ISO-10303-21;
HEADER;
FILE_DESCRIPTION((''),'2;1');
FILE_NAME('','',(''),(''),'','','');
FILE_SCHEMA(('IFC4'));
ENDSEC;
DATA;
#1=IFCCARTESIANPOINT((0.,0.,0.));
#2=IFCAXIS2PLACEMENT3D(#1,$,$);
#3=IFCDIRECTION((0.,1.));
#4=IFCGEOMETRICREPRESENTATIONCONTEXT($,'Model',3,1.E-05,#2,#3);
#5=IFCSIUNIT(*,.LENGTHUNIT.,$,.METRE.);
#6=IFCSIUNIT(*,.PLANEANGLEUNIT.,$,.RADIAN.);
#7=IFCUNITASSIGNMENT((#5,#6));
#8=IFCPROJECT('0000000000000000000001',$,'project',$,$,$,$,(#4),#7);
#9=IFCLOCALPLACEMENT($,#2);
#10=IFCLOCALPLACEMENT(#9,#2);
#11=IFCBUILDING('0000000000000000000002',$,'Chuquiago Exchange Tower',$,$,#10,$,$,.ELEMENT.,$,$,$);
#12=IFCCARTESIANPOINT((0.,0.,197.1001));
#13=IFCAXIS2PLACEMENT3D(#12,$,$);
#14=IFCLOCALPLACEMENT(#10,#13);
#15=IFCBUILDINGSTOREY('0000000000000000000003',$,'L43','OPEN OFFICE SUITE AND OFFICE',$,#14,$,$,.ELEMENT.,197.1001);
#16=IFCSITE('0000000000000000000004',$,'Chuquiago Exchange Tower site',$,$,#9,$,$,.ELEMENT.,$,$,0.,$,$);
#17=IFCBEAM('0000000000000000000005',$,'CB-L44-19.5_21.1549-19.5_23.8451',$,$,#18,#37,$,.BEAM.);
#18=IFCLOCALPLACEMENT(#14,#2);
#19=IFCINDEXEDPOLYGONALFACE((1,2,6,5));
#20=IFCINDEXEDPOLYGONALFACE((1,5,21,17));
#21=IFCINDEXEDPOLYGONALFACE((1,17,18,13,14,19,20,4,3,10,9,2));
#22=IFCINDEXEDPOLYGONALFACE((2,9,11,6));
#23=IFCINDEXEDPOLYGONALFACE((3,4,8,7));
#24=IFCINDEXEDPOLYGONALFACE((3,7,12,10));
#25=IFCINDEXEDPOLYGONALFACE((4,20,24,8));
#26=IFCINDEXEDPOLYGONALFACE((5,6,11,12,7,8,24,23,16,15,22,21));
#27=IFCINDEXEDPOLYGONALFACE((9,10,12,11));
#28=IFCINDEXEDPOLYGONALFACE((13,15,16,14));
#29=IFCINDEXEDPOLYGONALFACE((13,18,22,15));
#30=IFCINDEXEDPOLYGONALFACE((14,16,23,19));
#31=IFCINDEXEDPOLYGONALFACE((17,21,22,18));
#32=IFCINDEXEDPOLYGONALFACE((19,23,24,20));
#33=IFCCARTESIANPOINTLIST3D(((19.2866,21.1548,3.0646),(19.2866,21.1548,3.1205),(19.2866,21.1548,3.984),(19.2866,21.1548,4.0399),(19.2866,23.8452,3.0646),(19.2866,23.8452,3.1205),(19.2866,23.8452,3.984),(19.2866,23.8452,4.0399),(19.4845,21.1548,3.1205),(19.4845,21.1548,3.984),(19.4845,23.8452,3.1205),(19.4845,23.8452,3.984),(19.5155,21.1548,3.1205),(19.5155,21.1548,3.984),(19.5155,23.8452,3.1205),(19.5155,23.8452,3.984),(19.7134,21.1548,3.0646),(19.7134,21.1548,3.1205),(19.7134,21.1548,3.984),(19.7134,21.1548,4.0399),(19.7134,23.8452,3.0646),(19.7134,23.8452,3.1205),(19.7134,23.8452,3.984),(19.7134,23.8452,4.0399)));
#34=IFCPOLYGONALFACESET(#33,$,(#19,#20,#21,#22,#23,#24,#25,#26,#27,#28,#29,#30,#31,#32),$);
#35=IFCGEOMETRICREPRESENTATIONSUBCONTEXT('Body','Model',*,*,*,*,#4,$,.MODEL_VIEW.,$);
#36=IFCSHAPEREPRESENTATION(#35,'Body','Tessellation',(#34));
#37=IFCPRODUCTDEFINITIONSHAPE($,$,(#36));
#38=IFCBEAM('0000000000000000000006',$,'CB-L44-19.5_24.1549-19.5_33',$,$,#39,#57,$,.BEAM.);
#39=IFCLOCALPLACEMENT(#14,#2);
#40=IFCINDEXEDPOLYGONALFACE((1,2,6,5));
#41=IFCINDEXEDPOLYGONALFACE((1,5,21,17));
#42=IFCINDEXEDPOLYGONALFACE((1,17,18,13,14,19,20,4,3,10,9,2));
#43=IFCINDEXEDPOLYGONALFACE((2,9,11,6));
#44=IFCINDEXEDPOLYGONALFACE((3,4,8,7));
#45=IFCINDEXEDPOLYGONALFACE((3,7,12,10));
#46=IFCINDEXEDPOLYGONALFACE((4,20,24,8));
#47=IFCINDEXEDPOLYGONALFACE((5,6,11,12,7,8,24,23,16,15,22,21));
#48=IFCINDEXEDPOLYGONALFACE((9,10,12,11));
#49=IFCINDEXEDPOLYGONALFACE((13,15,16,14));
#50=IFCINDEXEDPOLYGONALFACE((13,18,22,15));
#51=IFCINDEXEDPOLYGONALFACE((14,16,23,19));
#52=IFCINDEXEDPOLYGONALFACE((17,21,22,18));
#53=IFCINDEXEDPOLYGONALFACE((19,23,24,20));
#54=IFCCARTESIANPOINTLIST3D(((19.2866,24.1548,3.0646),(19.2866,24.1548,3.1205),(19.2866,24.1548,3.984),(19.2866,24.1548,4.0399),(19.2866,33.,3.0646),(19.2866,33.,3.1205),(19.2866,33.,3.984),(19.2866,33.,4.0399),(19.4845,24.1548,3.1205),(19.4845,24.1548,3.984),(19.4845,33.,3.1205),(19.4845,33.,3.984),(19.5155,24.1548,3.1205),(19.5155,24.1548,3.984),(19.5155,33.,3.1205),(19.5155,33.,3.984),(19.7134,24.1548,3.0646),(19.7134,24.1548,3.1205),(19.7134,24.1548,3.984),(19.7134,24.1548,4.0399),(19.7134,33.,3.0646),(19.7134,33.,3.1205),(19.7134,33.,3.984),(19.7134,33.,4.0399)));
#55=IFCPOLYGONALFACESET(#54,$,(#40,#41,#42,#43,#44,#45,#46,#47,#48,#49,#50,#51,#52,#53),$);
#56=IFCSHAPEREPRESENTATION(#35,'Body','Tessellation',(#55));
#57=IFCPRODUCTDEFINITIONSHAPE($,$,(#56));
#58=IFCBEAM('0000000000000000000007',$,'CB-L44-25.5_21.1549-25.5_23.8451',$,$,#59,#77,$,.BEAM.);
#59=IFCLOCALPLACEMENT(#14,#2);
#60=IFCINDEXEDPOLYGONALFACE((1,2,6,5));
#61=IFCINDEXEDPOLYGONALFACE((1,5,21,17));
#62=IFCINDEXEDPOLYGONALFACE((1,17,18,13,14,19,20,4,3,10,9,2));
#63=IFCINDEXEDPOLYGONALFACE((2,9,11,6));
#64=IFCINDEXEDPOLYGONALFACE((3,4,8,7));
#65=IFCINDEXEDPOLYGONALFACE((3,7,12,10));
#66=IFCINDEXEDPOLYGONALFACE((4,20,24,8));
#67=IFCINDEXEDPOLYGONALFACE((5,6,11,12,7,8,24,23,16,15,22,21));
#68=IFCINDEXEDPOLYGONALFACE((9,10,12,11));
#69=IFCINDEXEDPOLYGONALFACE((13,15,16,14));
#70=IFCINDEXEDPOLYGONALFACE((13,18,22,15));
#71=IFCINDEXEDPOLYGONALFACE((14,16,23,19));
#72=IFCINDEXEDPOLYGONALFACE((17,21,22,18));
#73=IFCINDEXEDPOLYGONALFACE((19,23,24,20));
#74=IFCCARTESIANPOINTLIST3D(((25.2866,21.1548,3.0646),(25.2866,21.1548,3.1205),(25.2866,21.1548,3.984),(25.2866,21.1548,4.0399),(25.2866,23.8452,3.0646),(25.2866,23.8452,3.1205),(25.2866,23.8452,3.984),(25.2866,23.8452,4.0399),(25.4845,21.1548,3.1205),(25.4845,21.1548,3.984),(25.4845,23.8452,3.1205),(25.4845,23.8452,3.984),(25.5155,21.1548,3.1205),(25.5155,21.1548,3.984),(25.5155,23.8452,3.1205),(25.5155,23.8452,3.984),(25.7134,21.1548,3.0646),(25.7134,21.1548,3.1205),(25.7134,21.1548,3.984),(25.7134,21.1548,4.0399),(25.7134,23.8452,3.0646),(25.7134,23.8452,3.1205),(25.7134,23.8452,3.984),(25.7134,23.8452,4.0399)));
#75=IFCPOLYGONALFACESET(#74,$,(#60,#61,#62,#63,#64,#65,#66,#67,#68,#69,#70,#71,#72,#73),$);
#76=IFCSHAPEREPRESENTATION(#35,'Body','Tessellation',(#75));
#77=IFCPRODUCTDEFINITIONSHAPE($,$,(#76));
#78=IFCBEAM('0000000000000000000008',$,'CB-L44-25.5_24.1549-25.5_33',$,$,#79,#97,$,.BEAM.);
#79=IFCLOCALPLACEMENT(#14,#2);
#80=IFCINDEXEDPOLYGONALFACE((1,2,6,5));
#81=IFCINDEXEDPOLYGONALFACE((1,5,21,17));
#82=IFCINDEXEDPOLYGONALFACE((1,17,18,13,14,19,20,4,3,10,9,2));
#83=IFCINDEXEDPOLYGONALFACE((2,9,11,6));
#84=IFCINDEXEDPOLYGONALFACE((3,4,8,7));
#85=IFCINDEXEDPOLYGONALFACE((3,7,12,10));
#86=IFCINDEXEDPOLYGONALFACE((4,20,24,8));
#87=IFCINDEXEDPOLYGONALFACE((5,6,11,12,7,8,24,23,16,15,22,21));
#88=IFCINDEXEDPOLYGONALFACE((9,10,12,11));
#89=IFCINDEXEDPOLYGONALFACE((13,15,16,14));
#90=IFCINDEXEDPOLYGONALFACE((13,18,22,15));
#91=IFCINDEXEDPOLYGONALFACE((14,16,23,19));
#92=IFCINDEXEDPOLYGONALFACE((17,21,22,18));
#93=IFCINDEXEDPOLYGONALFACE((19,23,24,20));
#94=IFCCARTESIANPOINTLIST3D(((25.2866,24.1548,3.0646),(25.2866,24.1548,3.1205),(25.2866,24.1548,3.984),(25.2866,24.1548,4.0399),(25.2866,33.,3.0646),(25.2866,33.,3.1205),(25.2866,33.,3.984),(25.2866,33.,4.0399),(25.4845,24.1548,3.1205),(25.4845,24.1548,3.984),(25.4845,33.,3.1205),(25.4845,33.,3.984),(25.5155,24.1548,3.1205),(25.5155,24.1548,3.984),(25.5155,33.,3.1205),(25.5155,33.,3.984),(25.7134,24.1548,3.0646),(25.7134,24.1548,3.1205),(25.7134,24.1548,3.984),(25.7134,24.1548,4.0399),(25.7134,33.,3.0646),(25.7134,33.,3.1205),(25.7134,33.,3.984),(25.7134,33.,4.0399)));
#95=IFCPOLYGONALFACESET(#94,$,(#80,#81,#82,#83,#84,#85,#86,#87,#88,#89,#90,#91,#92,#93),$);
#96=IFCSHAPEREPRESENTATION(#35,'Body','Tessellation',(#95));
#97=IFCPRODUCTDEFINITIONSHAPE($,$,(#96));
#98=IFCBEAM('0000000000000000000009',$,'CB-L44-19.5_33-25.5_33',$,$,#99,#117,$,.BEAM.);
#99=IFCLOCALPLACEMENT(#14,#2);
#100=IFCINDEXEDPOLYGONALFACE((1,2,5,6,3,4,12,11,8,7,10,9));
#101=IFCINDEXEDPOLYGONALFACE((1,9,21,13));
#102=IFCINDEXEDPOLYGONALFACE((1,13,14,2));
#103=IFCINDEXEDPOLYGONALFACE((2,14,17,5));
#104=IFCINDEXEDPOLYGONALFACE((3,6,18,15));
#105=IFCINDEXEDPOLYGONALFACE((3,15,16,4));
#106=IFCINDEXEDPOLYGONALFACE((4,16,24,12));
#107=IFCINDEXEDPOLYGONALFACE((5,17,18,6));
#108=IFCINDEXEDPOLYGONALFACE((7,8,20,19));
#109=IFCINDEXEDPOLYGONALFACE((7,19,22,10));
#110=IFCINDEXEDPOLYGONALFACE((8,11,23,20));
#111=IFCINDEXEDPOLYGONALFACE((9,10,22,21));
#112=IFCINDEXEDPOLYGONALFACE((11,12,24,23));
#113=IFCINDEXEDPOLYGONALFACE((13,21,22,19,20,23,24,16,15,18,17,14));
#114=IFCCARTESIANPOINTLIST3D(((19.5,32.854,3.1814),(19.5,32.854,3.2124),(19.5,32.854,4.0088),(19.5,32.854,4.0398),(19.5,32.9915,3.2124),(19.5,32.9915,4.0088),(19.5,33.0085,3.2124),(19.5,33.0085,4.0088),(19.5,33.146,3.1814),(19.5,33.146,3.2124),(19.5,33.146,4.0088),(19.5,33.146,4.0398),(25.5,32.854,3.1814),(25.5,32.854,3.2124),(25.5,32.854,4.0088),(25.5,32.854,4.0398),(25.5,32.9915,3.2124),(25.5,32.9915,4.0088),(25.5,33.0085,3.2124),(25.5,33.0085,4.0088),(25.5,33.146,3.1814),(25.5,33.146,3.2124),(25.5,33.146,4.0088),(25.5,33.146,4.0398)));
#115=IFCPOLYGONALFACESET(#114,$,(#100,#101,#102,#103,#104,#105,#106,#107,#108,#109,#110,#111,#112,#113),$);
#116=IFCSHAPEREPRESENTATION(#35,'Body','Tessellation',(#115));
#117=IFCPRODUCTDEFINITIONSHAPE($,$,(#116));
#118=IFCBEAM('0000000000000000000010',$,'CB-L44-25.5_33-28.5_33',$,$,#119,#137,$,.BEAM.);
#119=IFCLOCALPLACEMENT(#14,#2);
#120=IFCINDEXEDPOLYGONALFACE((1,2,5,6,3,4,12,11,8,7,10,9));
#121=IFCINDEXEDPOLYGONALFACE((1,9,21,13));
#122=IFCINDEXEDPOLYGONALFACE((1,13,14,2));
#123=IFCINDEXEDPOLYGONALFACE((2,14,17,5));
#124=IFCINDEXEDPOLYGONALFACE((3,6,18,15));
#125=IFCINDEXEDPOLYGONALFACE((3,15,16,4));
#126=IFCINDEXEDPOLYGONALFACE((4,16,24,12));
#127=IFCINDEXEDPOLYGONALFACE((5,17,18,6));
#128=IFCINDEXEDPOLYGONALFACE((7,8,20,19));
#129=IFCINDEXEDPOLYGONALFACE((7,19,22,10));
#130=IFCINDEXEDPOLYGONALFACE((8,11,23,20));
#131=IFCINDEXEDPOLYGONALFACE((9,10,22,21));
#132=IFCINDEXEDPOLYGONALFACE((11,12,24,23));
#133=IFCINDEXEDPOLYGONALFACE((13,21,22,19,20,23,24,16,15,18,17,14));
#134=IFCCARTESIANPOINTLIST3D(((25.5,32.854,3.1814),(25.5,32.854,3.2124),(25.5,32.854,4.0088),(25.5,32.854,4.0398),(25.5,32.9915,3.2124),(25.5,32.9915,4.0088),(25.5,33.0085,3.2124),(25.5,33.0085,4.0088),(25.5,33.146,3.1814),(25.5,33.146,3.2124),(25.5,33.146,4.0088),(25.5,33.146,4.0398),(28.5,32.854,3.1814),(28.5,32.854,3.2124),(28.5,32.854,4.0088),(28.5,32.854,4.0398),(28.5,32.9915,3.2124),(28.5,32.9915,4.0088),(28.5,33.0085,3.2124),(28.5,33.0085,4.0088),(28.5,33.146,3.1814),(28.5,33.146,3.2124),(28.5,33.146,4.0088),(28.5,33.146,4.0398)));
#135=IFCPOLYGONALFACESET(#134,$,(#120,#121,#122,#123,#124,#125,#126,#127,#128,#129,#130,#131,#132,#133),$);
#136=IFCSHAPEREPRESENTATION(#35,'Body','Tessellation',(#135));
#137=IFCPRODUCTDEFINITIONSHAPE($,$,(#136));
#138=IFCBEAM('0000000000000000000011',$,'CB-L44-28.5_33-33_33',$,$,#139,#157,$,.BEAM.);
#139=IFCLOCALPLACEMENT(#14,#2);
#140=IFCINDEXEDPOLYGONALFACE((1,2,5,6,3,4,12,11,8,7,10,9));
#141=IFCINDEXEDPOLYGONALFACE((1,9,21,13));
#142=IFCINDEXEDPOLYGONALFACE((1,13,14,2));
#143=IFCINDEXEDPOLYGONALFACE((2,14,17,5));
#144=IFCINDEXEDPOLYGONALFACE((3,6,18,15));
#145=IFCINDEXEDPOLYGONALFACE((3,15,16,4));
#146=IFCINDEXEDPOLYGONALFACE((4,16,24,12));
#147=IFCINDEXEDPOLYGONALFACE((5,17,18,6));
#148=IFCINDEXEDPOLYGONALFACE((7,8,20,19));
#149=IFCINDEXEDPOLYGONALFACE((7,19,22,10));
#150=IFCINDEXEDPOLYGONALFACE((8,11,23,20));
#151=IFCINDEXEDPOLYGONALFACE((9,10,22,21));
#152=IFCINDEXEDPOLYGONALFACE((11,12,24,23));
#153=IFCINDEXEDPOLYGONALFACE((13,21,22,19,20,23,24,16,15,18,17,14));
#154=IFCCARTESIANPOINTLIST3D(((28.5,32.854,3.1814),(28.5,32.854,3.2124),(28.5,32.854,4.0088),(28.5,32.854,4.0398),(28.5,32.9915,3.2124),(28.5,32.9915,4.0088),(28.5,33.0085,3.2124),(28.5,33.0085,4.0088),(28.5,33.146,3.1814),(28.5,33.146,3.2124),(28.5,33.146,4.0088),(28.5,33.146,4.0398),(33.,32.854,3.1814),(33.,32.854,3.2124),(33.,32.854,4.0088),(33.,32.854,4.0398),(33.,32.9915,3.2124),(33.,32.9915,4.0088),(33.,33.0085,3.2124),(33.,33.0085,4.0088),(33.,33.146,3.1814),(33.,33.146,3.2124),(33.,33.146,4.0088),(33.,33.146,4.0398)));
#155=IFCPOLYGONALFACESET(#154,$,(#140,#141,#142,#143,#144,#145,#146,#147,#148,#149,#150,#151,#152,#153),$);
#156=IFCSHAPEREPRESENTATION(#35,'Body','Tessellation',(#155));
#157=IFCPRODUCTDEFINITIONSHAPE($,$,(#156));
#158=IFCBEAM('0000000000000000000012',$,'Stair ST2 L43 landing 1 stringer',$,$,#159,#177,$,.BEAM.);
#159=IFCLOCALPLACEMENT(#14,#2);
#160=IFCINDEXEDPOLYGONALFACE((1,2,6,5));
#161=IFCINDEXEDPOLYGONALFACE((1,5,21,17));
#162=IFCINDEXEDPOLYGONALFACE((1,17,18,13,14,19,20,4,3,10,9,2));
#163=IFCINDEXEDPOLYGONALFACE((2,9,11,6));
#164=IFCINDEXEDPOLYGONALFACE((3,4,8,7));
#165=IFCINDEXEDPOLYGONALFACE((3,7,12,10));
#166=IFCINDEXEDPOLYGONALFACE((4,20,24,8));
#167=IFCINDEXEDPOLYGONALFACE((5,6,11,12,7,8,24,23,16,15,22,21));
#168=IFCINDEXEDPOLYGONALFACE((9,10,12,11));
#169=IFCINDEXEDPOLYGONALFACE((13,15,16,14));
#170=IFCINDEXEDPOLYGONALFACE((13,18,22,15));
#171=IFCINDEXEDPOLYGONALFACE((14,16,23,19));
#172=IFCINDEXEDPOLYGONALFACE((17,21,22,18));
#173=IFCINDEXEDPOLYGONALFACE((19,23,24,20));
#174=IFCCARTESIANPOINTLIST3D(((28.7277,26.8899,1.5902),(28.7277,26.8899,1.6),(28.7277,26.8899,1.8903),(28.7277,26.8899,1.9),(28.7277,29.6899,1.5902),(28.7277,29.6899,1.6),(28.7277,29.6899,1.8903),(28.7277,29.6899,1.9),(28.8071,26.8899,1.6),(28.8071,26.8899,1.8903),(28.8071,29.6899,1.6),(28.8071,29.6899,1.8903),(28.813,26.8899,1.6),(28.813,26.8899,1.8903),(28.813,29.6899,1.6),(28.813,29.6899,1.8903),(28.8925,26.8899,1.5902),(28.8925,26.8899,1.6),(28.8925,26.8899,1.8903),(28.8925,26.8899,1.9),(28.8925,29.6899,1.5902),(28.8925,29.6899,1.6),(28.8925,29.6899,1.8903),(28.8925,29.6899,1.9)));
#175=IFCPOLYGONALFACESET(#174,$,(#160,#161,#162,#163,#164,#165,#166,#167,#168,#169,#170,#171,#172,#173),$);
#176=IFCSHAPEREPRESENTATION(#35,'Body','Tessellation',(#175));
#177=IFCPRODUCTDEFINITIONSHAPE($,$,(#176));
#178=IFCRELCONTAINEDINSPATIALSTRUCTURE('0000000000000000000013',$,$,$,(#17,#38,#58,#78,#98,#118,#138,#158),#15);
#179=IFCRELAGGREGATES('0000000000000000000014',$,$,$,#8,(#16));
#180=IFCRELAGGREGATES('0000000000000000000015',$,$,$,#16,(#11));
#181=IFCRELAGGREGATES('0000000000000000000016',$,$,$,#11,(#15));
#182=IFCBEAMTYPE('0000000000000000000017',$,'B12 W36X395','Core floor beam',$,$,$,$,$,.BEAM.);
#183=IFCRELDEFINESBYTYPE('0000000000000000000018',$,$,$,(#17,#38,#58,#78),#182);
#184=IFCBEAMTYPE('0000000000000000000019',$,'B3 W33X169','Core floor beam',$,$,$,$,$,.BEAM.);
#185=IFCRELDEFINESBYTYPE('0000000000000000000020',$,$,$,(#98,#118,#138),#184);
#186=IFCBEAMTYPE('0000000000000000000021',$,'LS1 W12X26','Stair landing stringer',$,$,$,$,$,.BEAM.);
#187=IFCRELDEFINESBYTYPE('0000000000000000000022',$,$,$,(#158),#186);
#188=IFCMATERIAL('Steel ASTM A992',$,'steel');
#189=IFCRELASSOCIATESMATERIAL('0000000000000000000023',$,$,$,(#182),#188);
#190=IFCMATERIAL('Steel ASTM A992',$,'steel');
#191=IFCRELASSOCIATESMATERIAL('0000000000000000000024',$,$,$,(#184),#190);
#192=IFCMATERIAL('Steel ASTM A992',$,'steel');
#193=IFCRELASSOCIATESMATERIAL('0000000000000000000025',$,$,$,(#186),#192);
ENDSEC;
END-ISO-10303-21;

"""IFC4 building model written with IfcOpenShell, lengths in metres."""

from ifc_helpers import new_model, si_unit, direction, frame, origin, origin_2d, place, context, subcontext, project, spatial, i_section, extrude, material, material_profile, profile_set, type_object, element, save


model = new_model("IFC4")

# Units and contexts
model_context = context("Model", 3, precision=1e-05, world=origin(), true_north=direction((0.0, 1.0)))
body_context = subcontext(model_context, "Body", "Model", "MODEL_VIEW")
ifc_project = project(units=[si_unit("LENGTHUNIT", "METRE"), si_unit("PLANEANGLEUNIT", "RADIAN")], contexts=[model_context])

# Site, building, storey
site_placement = place(None, origin())
site = spatial("IfcSite", under=ifc_project, at=site_placement, Name="Chuquiago Exchange Tower site", CompositionType="ELEMENT", RefElevation=0.0)
building_placement = place(site_placement, origin())
building = spatial("IfcBuilding", under=site, at=building_placement, Name="Chuquiago Exchange Tower", CompositionType="ELEMENT")
storey_placement = place(building_placement, frame((0.0, 0.0, 197.1001)))
storey = spatial("IfcBuildingStorey", under=building, at=storey_placement, Name="L43", Description="OPEN OFFICE SUITE AND OFFICE", CompositionType="ELEMENT", Elevation=197.1001)

# Beams
ifc_material_1 = material(Name="Steel ASTM A992", Category="steel")
ifc_material_profile_1 = material_profile(ifc_material_1, i_section(OverallWidth=0.4268, OverallDepth=0.9753, WebThickness=0.031, FlangeThickness=0.0559, at=origin_2d()), Name="W36X395")
ifc_profile_set_1 = profile_set([ifc_material_profile_1], Name="Steel ASTM A992")
beam_type_1 = type_object("IfcBeamType", Name="B12 W36X395", Description="Core floor beam", PredefinedType="BEAM", material=ifc_profile_set_1)
beam_1_placement = place(storey_placement, frame((19.5, 21.1548, 3.5522), z_axis=(0.0, 1.0, 0.0), x_axis=(-1.0, 0.0, 0.0)))
element("IfcBeam", 1, at=beam_1_placement, inside=storey, type_object=beam_type_1, Name="CB-L44-19.5_21.1549-19.5_23.8451", PredefinedType="BEAM", context=body_context, shape_type="SweptSolid", body=[
    extrude(i_section(OverallWidth=0.4268, OverallDepth=0.9753, WebThickness=0.031, FlangeThickness=0.0559, at=origin_2d()), origin(), (0.0, 0.0, 1.0), 2.6904),
])
beam_2_placement = place(storey_placement, frame((19.5, 24.1548, 3.5522), z_axis=(0.0, 1.0, 0.0), x_axis=(-1.0, 0.0, 0.0)))
element("IfcBeam", 2, at=beam_2_placement, inside=storey, type_object=beam_type_1, Name="CB-L44-19.5_24.1549-19.5_33", PredefinedType="BEAM", context=body_context, shape_type="SweptSolid", body=[
    extrude(i_section(OverallWidth=0.4268, OverallDepth=0.9753, WebThickness=0.031, FlangeThickness=0.0559, at=origin_2d()), origin(), (0.0, 0.0, 1.0), 8.8452),
])
beam_3_placement = place(storey_placement, frame((25.5, 21.1548, 3.5522), z_axis=(0.0, 1.0, 0.0), x_axis=(-1.0, 0.0, 0.0)))
element("IfcBeam", 3, at=beam_3_placement, inside=storey, type_object=beam_type_1, Name="CB-L44-25.5_21.1549-25.5_23.8451", PredefinedType="BEAM", context=body_context, shape_type="SweptSolid", body=[
    extrude(i_section(OverallWidth=0.4268, OverallDepth=0.9753, WebThickness=0.031, FlangeThickness=0.0559, at=origin_2d()), origin(), (0.0, 0.0, 1.0), 2.6904),
])
beam_4_placement = place(storey_placement, frame((25.5, 24.1548, 3.5522), z_axis=(0.0, 1.0, 0.0), x_axis=(-1.0, 0.0, 0.0)))
element("IfcBeam", 4, at=beam_4_placement, inside=storey, type_object=beam_type_1, Name="CB-L44-25.5_24.1549-25.5_33", PredefinedType="BEAM", context=body_context, shape_type="SweptSolid", body=[
    extrude(i_section(OverallWidth=0.4268, OverallDepth=0.9753, WebThickness=0.031, FlangeThickness=0.0559, at=origin_2d()), origin(), (0.0, 0.0, 1.0), 8.8452),
])
ifc_material_2 = material(Name="Steel ASTM A992", Category="steel")
ifc_material_profile_2 = material_profile(ifc_material_2, i_section(OverallWidth=0.292, OverallDepth=0.8584, WebThickness=0.0171, FlangeThickness=0.031, at=origin_2d()), Name="W33X169")
ifc_profile_set_2 = profile_set([ifc_material_profile_2], Name="Steel ASTM A992")
beam_type_2 = type_object("IfcBeamType", Name="B3 W33X169", Description="Core floor beam", PredefinedType="BEAM", material=ifc_profile_set_2)
beam_5_placement = place(storey_placement, frame((19.5, 33.0, 3.6106), z_axis=(1.0, 0.0, 0.0), x_axis=(0.0, 1.0, 0.0)))
element("IfcBeam", 5, at=beam_5_placement, inside=storey, type_object=beam_type_2, Name="CB-L44-19.5_33-25.5_33", PredefinedType="BEAM", context=body_context, shape_type="SweptSolid", body=[
    extrude(i_section(OverallWidth=0.292, OverallDepth=0.8584, WebThickness=0.0171, FlangeThickness=0.031, at=origin_2d()), origin(), (0.0, 0.0, 1.0), 6.0),
])
beam_6_placement = place(storey_placement, frame((25.5, 33.0, 3.6106), z_axis=(1.0, 0.0, 0.0), x_axis=(0.0, 1.0, 0.0)))
element("IfcBeam", 6, at=beam_6_placement, inside=storey, type_object=beam_type_2, Name="CB-L44-25.5_33-28.5_33", PredefinedType="BEAM", context=body_context, shape_type="SweptSolid", body=[
    extrude(i_section(OverallWidth=0.292, OverallDepth=0.8584, WebThickness=0.0171, FlangeThickness=0.031, at=origin_2d()), origin(), (0.0, 0.0, 1.0), 3.0),
])
beam_7_placement = place(storey_placement, frame((28.5, 33.0, 3.6106), z_axis=(1.0, 0.0, 0.0), x_axis=(0.0, 1.0, 0.0)))
element("IfcBeam", 7, at=beam_7_placement, inside=storey, type_object=beam_type_2, Name="CB-L44-28.5_33-33_33", PredefinedType="BEAM", context=body_context, shape_type="SweptSolid", body=[
    extrude(i_section(OverallWidth=0.292, OverallDepth=0.8584, WebThickness=0.0171, FlangeThickness=0.031, at=origin_2d()), origin(), (0.0, 0.0, 1.0), 4.5),
])
ifc_material_3 = material(Name="Steel ASTM A992", Category="steel")
ifc_material_profile_3 = material_profile(ifc_material_3, i_section(OverallWidth=0.1648, OverallDepth=0.3098, WebThickness=0.0059, FlangeThickness=0.0098, at=origin_2d()), Name="W12X26")
ifc_profile_set_3 = profile_set([ifc_material_profile_3], Name="Steel ASTM A992")
beam_type_3 = type_object("IfcBeamType", Name="LS1 W12X26", Description="Stair landing stringer", PredefinedType="BEAM", material=ifc_profile_set_3)
beam_8_placement = place(storey_placement, frame((28.8101, 26.8899, 1.7451), z_axis=(0.0, 1.0, 0.0), x_axis=(-1.0, 0.0, 0.0)))
element("IfcBeam", 8, at=beam_8_placement, inside=storey, type_object=beam_type_3, Name="Stair ST2 L43 landing 1 stringer", PredefinedType="BEAM", context=body_context, shape_type="SweptSolid", body=[
    extrude(i_section(OverallWidth=0.1648, OverallDepth=0.3098, WebThickness=0.0059, FlangeThickness=0.0098, at=origin_2d()), origin(), (0.0, 0.0, 1.0), 2.8),
])

save(model, "model.ifc")
